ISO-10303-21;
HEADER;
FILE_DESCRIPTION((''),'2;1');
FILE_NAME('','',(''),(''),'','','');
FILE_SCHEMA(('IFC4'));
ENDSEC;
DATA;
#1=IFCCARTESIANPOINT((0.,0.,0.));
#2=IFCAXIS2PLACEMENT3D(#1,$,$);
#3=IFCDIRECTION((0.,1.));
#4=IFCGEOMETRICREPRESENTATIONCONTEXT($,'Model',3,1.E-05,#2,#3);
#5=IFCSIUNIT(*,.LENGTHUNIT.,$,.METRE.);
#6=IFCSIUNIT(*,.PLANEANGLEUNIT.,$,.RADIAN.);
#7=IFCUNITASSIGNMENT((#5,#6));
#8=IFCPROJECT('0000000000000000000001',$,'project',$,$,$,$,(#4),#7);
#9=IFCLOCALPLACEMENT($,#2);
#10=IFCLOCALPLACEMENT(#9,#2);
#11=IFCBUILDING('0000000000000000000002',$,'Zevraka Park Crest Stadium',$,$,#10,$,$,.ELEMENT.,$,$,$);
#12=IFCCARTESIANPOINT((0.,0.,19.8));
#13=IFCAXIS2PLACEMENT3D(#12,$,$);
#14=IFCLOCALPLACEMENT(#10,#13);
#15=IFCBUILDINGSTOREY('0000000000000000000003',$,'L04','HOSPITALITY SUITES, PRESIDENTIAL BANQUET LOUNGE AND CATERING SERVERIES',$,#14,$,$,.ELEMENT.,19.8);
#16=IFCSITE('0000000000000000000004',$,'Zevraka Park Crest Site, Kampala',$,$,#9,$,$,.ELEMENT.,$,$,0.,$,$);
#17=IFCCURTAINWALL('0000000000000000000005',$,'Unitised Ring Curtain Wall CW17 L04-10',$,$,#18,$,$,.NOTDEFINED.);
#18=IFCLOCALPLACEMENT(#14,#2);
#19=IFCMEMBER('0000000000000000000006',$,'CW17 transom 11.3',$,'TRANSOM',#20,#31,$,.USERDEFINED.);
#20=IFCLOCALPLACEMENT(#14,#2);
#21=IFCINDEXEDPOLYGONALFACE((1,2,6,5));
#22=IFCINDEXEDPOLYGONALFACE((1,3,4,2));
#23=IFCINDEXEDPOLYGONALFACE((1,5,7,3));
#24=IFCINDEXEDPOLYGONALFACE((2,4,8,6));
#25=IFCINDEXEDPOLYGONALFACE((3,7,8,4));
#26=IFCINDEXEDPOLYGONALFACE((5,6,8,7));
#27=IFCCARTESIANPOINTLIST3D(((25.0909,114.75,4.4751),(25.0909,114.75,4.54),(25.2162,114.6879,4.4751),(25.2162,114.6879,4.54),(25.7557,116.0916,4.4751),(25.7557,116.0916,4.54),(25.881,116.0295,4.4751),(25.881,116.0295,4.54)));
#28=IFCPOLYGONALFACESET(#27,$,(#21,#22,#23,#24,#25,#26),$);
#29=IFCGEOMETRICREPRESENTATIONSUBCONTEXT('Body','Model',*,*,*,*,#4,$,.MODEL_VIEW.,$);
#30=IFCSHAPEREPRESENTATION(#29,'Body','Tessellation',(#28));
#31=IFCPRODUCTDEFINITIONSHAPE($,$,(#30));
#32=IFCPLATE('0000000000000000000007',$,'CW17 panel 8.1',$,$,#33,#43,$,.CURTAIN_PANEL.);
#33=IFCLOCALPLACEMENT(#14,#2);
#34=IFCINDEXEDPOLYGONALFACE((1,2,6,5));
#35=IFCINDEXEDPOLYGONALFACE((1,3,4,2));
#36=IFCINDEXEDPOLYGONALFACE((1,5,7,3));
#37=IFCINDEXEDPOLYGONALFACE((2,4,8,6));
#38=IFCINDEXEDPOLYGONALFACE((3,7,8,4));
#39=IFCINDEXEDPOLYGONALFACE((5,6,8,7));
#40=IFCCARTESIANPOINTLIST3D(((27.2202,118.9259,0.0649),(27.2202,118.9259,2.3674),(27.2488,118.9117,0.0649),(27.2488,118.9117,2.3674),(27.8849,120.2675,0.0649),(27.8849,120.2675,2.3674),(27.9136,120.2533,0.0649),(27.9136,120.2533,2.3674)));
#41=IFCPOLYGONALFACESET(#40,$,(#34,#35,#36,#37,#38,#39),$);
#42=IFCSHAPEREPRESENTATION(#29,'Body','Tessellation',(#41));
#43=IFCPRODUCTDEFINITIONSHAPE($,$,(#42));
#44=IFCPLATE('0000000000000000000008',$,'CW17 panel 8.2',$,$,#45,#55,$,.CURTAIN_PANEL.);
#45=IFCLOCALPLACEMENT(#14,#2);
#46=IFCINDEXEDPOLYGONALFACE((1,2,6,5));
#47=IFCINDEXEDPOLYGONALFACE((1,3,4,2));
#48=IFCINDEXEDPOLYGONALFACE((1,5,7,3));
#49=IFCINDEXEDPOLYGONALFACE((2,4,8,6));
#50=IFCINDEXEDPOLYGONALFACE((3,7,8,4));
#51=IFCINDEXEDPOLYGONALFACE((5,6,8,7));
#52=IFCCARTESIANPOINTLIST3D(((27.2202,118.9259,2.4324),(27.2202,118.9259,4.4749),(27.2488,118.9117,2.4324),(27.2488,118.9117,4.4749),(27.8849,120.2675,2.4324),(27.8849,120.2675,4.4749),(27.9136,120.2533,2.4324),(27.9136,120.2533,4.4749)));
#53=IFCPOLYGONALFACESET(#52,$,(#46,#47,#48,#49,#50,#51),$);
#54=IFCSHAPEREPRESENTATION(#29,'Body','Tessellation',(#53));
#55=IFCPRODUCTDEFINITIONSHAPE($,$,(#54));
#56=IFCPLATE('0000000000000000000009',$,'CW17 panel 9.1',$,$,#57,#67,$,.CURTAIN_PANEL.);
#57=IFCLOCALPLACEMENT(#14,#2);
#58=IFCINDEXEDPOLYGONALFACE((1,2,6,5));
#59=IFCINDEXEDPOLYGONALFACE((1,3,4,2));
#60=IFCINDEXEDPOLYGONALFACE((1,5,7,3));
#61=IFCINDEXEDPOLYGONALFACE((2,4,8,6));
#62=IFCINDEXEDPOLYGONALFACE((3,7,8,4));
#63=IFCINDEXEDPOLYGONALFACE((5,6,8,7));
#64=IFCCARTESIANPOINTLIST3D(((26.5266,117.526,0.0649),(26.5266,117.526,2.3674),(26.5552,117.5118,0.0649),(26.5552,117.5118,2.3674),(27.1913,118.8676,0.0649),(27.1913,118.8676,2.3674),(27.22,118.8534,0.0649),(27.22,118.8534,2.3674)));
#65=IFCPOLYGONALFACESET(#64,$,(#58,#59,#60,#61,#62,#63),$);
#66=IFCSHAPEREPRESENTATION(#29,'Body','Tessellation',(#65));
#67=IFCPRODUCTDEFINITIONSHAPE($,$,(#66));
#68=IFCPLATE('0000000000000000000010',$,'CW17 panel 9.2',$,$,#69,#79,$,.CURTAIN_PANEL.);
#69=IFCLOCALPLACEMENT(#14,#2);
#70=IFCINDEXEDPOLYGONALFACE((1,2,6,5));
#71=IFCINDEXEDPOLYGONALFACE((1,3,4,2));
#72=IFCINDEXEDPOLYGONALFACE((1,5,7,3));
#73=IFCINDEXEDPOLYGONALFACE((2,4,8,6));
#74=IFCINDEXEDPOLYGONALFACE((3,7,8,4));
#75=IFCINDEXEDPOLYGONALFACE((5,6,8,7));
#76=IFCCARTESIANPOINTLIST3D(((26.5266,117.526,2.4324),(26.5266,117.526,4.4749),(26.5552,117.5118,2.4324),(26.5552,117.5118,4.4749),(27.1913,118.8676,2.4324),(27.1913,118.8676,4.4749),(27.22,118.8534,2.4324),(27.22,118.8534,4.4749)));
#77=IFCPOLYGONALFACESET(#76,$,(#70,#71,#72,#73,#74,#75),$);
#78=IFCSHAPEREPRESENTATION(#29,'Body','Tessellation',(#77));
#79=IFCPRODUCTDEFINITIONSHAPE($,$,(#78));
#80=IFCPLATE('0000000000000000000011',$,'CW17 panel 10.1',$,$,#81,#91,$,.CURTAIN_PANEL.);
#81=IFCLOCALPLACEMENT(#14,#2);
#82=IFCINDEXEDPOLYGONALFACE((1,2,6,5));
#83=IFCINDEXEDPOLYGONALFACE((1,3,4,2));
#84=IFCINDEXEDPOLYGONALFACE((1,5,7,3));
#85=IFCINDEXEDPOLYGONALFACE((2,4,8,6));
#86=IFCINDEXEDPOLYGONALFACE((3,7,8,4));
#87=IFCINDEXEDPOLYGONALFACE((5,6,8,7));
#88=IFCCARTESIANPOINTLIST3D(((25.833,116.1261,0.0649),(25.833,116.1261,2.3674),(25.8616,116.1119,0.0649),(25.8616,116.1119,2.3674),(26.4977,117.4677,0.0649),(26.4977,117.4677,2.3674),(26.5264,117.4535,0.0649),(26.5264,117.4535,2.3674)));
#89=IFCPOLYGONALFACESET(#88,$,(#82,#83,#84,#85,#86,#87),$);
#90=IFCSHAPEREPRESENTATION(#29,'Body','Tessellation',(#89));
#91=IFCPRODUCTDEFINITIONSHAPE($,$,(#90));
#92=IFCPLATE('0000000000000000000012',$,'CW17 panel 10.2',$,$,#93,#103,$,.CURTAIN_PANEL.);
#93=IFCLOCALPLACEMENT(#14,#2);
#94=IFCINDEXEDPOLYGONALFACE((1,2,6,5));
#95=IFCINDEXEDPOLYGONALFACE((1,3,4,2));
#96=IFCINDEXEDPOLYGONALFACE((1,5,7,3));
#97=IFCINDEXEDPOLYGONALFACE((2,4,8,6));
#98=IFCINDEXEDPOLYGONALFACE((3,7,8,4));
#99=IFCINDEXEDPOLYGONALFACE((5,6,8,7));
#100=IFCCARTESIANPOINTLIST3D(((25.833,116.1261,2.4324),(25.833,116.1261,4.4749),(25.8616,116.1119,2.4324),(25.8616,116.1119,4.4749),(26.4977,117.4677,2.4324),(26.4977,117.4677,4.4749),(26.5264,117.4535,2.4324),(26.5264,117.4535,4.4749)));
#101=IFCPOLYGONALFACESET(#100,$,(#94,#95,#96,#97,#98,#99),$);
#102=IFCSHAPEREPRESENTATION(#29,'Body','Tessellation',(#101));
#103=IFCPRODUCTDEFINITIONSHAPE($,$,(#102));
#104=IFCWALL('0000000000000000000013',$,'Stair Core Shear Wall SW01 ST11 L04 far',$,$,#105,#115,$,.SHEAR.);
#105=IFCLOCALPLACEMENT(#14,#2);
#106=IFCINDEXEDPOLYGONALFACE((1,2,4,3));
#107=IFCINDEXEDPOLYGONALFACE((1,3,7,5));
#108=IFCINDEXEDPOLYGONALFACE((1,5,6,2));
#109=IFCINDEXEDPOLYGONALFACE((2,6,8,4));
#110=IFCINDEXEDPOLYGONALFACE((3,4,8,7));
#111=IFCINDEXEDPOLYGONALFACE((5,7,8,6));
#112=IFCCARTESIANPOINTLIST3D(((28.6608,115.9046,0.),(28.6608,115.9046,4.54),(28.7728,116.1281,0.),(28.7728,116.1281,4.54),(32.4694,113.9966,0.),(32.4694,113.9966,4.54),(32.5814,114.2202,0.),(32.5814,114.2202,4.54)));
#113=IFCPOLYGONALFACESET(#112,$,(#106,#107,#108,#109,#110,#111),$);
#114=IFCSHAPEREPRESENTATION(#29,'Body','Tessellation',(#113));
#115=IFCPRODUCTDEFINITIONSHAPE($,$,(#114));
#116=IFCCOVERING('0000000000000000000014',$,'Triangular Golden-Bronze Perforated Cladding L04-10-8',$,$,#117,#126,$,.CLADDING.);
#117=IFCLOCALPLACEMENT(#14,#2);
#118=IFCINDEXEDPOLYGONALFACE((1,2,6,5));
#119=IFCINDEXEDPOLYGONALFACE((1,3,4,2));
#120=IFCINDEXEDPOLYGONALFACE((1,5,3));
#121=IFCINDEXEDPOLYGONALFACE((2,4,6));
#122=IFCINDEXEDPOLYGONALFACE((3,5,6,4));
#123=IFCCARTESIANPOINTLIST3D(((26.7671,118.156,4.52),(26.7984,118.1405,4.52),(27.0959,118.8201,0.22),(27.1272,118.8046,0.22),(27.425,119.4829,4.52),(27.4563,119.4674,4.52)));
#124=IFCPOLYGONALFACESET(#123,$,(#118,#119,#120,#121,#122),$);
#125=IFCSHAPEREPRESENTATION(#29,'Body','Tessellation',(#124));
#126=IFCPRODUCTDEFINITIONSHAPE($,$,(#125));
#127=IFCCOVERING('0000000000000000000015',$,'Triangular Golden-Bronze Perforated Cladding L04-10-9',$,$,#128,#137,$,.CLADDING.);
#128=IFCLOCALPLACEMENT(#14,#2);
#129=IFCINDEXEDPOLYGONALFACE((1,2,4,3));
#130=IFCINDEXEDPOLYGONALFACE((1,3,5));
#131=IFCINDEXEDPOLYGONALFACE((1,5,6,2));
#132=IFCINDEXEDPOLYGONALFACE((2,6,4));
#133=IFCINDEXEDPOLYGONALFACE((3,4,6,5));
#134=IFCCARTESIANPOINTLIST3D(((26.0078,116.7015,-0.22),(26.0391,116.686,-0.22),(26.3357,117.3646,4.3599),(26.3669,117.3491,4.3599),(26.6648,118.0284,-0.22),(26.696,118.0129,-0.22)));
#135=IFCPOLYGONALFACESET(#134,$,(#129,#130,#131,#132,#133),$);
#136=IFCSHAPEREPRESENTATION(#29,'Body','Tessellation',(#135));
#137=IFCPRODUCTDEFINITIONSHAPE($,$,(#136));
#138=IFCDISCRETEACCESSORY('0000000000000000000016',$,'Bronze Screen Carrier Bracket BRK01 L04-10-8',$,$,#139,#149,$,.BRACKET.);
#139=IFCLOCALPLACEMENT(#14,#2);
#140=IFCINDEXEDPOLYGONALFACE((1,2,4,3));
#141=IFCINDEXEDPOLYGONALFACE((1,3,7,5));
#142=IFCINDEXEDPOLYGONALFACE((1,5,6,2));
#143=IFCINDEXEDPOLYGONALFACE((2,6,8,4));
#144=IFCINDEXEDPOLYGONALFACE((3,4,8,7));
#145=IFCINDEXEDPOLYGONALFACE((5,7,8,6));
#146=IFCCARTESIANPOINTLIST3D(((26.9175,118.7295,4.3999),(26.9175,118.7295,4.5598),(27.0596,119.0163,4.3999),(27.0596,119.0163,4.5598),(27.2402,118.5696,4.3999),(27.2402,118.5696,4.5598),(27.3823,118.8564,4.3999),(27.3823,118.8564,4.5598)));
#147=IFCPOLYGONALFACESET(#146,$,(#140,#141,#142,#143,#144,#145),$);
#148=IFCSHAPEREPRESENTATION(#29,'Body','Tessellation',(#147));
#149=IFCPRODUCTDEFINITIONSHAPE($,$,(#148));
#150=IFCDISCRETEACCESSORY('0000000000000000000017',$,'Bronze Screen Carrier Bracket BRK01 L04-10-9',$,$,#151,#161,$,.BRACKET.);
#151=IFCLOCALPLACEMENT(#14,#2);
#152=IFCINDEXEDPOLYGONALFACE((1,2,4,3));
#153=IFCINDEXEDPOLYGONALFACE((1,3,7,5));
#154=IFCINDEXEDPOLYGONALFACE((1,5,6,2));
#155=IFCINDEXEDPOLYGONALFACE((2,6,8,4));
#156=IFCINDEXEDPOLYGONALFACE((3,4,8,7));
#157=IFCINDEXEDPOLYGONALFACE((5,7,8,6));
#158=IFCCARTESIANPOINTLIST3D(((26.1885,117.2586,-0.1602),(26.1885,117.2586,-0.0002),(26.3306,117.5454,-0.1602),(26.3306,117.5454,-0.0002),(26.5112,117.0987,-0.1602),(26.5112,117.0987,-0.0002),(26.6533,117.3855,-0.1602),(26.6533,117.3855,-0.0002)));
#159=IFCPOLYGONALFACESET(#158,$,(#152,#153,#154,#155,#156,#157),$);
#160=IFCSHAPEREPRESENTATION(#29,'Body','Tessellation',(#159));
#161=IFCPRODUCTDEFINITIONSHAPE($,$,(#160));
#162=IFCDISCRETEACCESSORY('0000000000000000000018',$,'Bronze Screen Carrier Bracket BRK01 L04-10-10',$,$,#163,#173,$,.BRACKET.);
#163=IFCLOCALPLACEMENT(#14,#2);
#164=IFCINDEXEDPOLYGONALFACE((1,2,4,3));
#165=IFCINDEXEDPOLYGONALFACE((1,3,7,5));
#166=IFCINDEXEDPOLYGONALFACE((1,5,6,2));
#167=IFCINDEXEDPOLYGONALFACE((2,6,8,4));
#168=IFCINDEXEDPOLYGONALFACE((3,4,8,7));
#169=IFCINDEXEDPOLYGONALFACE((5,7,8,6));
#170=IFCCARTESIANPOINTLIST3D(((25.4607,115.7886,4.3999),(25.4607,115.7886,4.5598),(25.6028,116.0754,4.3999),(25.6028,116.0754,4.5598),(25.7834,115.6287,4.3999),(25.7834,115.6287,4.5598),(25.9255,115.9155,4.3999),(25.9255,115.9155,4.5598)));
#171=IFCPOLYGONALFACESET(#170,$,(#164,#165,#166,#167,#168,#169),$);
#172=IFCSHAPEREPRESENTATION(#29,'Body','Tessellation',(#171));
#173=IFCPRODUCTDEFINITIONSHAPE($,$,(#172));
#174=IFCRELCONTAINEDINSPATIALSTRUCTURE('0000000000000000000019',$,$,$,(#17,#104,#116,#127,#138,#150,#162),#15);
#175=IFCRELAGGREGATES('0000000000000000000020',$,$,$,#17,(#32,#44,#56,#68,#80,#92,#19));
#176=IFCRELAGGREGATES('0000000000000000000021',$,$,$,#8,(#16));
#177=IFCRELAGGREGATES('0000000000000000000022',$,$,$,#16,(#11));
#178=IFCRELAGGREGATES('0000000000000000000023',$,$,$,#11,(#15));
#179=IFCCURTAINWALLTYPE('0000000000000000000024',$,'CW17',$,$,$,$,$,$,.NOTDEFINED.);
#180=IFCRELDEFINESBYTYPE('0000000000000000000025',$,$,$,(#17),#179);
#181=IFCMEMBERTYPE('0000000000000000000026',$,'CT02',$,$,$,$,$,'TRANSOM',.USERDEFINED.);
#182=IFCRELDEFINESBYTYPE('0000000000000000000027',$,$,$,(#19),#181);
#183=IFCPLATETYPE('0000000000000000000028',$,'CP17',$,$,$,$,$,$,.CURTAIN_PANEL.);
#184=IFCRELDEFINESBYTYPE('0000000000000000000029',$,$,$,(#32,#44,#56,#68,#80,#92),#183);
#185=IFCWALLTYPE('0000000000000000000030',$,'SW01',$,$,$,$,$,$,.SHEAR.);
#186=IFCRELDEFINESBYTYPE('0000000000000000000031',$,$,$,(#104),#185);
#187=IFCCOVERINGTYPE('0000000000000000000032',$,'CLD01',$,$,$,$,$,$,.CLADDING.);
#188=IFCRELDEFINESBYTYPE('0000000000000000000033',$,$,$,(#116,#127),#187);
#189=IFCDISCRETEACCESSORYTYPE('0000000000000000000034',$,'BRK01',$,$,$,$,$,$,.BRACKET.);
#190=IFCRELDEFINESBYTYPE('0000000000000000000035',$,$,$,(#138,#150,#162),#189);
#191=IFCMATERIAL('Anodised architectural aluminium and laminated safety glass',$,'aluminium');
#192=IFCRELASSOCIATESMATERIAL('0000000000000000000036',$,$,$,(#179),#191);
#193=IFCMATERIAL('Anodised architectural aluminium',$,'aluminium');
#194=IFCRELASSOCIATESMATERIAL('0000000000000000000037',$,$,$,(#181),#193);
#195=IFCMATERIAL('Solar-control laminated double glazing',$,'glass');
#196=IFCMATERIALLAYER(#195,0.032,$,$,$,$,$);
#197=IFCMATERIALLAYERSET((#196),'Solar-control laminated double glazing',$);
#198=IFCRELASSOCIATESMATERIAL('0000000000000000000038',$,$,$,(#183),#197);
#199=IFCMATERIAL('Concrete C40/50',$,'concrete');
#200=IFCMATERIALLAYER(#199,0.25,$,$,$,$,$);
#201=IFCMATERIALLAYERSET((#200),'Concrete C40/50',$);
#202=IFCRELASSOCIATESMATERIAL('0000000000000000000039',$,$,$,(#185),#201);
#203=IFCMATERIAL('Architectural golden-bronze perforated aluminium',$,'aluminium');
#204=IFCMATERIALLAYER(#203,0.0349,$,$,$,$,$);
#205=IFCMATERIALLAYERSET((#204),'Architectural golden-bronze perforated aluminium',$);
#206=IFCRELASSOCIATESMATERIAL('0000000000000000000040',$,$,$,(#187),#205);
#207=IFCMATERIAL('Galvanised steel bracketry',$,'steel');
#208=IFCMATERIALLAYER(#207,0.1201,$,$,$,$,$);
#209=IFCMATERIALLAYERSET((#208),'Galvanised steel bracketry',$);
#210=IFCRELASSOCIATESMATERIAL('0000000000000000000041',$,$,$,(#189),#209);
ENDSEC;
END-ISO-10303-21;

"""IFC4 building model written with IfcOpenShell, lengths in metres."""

from ifc_helpers import new_model, si_unit, direction, frame, frame_2d, origin, origin_2d, place, context, subcontext, project, spatial, polyline, rectangle, outline, extrude, material, layer, layer_set, material_profile, profile_set, type_object, element, aggregate, save


model = new_model("IFC4")

# Units and contexts
model_context = context("Model", 3, precision=1e-05, world=origin(), true_north=direction((0.0, 1.0)))
body_context = subcontext(model_context, "Body", "Model", "MODEL_VIEW")
ifc_project = project(units=[si_unit("LENGTHUNIT", "METRE"), si_unit("PLANEANGLEUNIT", "RADIAN")], contexts=[model_context])

# Site, building, storey
site_placement = place(None, origin())
site = spatial("IfcSite", under=ifc_project, at=site_placement, Name="Zevraka Park Crest Site, Kampala", CompositionType="ELEMENT", RefElevation=0.0)
building_placement = place(site_placement, origin())
building = spatial("IfcBuilding", under=site, at=building_placement, Name="Zevraka Park Crest Stadium", CompositionType="ELEMENT")
storey_placement = place(building_placement, frame((0.0, 0.0, 19.8)))
storey = spatial("IfcBuildingStorey", under=building, at=storey_placement, Name="L04", Description="HOSPITALITY SUITES, PRESIDENTIAL BANQUET LOUNGE AND CATERING SERVERIES", CompositionType="ELEMENT", Elevation=19.8)

# Curtain wall, member, plates
ifc_material_1 = material(Name="Anodised architectural aluminium and laminated safety glass", Category="aluminium")
curtain_wall_type = type_object("IfcCurtainWallType", Name="CW17", PredefinedType="NOTDEFINED", material=ifc_material_1)
curtain_wall_placement = place(storey_placement, origin())
curtain_wall = element("IfcCurtainWall", 1, at=curtain_wall_placement, inside=storey, type_object=curtain_wall_type, Name="Unitised Ring Curtain Wall CW17 L04-10", PredefinedType="NOTDEFINED")
ifc_material_2 = material(Name="Anodised architectural aluminium", Category="aluminium")
ifc_material_profile_1 = material_profile(ifc_material_2, rectangle(XDim=0.1399, YDim=0.0649, at=origin_2d()), Name="ALU TRANSOM 140x65")
ifc_profile_set_1 = profile_set([ifc_material_profile_1], Name="Anodised architectural aluminium")
member_type_1 = type_object("IfcMemberType", Name="CT02", ElementType="TRANSOM", PredefinedType="USERDEFINED", material=ifc_profile_set_1)
member_1_placement = place(storey_placement, frame((25.8184, 116.0605, 4.5076), z_axis=(-0.444015, -0.896019, 0.0), x_axis=(0.896019, -0.444015, 0.0)))
member_1 = element("IfcMember", 2, at=member_1_placement, type_object=member_type_1, Name="CW17 transom 11.3", ObjectType="TRANSOM", PredefinedType="USERDEFINED", context=body_context, shape_type="SweptSolid", body=[
    extrude(rectangle(XDim=0.1399, YDim=0.0649, at=origin_2d()), origin(), (0.0, 0.0, 1.0), 1.4973),
])
ifc_material_3 = material(Name="Solar-control laminated double glazing", Category="glass")
ifc_layer_1 = layer(ifc_material_3, 0.032)
ifc_layer_set_1 = layer_set([ifc_layer_1], Name="Solar-control laminated double glazing")
plate_type = type_object("IfcPlateType", Name="CP17", PredefinedType="CURTAIN_PANEL", material=ifc_layer_set_1)
plate_1_placement = place(storey_placement, frame((27.5669, 119.5896, 0.0649), z_axis=(0.0, 0.0, 1.0), x_axis=(-0.443961, -0.896046, 0.0)))
plate_1 = element("IfcPlate", 3, at=plate_1_placement, type_object=plate_type, Name="CW17 panel 8.1", PredefinedType="CURTAIN_PANEL", context=body_context, shape_type="SweptSolid", body=[
    extrude(rectangle(XDim=1.4973, YDim=0.032, at=origin_2d()), origin(), (0.0, 0.0, 1.0), 2.3025),
])
plate_2_placement = place(storey_placement, frame((27.5669, 119.5896, 2.4324), z_axis=(0.0, 0.0, 1.0), x_axis=(-0.443961, -0.896046, 0.0)))
plate_2 = element("IfcPlate", 4, at=plate_2_placement, type_object=plate_type, Name="CW17 panel 8.2", PredefinedType="CURTAIN_PANEL", context=body_context, shape_type="SweptSolid", body=[
    extrude(rectangle(XDim=1.4973, YDim=0.032, at=origin_2d()), origin(), (0.0, 0.0, 1.0), 2.0425),
])
plate_3_placement = place(storey_placement, frame((26.8733, 118.1897, 0.0649), z_axis=(0.0, 0.0, 1.0), x_axis=(-0.443961, -0.896046, 0.0)))
plate_3 = element("IfcPlate", 5, at=plate_3_placement, type_object=plate_type, Name="CW17 panel 9.1", PredefinedType="CURTAIN_PANEL", context=body_context, shape_type="SweptSolid", body=[
    extrude(rectangle(XDim=1.4973, YDim=0.032, at=origin_2d()), origin(), (0.0, 0.0, 1.0), 2.3025),
])
plate_4_placement = place(storey_placement, frame((26.8733, 118.1897, 2.4324), z_axis=(0.0, 0.0, 1.0), x_axis=(-0.443961, -0.896046, 0.0)))
plate_4 = element("IfcPlate", 6, at=plate_4_placement, type_object=plate_type, Name="CW17 panel 9.2", PredefinedType="CURTAIN_PANEL", context=body_context, shape_type="SweptSolid", body=[
    extrude(rectangle(XDim=1.4973, YDim=0.032, at=origin_2d()), origin(), (0.0, 0.0, 1.0), 2.0425),
])
plate_5_placement = place(storey_placement, frame((26.1797, 116.7898, 0.0649), z_axis=(0.0, 0.0, 1.0), x_axis=(-0.443961, -0.896046, 0.0)))
plate_5 = element("IfcPlate", 7, at=plate_5_placement, type_object=plate_type, Name="CW17 panel 10.1", PredefinedType="CURTAIN_PANEL", context=body_context, shape_type="SweptSolid", body=[
    extrude(rectangle(XDim=1.4973, YDim=0.032, at=origin_2d()), origin(), (0.0, 0.0, 1.0), 2.3025),
])
plate_6_placement = place(storey_placement, frame((26.1797, 116.7898, 2.4324), z_axis=(0.0, 0.0, 1.0), x_axis=(-0.443961, -0.896046, 0.0)))
plate_6 = element("IfcPlate", 8, at=plate_6_placement, type_object=plate_type, Name="CW17 panel 10.2", PredefinedType="CURTAIN_PANEL", context=body_context, shape_type="SweptSolid", body=[
    extrude(rectangle(XDim=1.4973, YDim=0.032, at=origin_2d()), origin(), (0.0, 0.0, 1.0), 2.0425),
])
aggregate(curtain_wall, [plate_1, plate_2, plate_3, plate_4, plate_5, plate_6, member_1])

# Wall
ifc_material_4 = material(Name="Concrete C40/50", Category="concrete")
ifc_layer_2 = layer(ifc_material_4, 0.25)
ifc_layer_set_2 = layer_set([ifc_layer_2], Name="Concrete C40/50")
wall_type = type_object("IfcWallType", Name="SW01", PredefinedType="SHEAR", material=ifc_layer_set_2)
wall_placement = place(storey_placement, frame((28.7168, 116.0164, 0.0), z_axis=(0.0, 0.0, 1.0), x_axis=(0.894083, -0.447901, 0.0)))
element("IfcWall", 9, at=wall_placement, inside=storey, type_object=wall_type, Name="Stair Core Shear Wall SW01 ST11 L04 far", PredefinedType="SHEAR", context=body_context, shape_type="SweptSolid", body=[
    extrude(rectangle(XDim=4.2598, YDim=0.25, at=frame_2d((2.1299, 0.0))), origin(), (0.0, 0.0, 1.0), 4.54),
])

# Coverings
ifc_material_5 = material(Name="Architectural golden-bronze perforated aluminium", Category="aluminium")
ifc_layer_3 = layer(ifc_material_5, 0.0349)
ifc_layer_set_3 = layer_set([ifc_layer_3], Name="Architectural golden-bronze perforated aluminium")
covering_type = type_object("IfcCoveringType", Name="CLD01", PredefinedType="CLADDING", material=ifc_layer_set_3)
covering_1_placement = place(storey_placement, frame((26.7671, 118.156, 4.52), z_axis=(-0.895906, 0.444244, 0.000088), x_axis=(0.444244, 0.895906, 0.0)))
element("IfcCovering", 10, at=covering_1_placement, inside=storey, type_object=covering_type, Name="Triangular Golden-Bronze Perforated Cladding L04-10-8", PredefinedType="CLADDING", context=body_context, shape_type="SweptSolid", body=[
    extrude(outline(polyline([(0.0, 0.0), (1.4811, 0.0), (0.741, 4.3), (0.0, 0.0)])), origin(), (0.0, 0.0, -1.0), 0.0349),
])
covering_2_placement = place(storey_placement, frame((26.696, 118.0129, -0.22), z_axis=(0.896168, -0.443715, 0.000084), x_axis=(-0.443715, -0.896168, 0.0)))
element("IfcCovering", 11, at=covering_2_placement, inside=storey, type_object=covering_type, Name="Triangular Golden-Bronze Perforated Cladding L04-10-9", PredefinedType="CLADDING", context=body_context, shape_type="SweptSolid", body=[
    extrude(outline(polyline([(0.0, 0.0), (1.4806, 0.0), (0.7409, -4.5798), (0.0, 0.0)])), origin(), (0.0, 0.0, -1.0), 0.0349),
])

# Discrete accessories
ifc_material_6 = material(Name="Galvanised steel bracketry", Category="steel")
ifc_layer_4 = layer(ifc_material_6, 0.1201)
ifc_layer_set_4 = layer_set([ifc_layer_4], Name="Galvanised steel bracketry")
discrete_accessory_type = type_object("IfcDiscreteAccessoryType", Name="BRK01", PredefinedType="BRACKET", material=ifc_layer_set_4)
for number, where, z_axis, x_axis, name in (
    (12, (27.1499, 118.793, 4.3999), (0.0, 0.0, 1.0), (-0.44401, -0.896022, 0.0), "Bronze Screen Carrier Bracket BRK01 L04-10-8"),
    (13, (26.4209, 117.322, -0.1602), (0.0, 0.0, 1.0), (-0.44401, -0.896022, 0.0), "Bronze Screen Carrier Bracket BRK01 L04-10-9"),
    (14, (25.6931, 115.8521, 4.3999), (0.0, 0.0, 1.0), (-0.44401, -0.896022, 0.0), "Bronze Screen Carrier Bracket BRK01 L04-10-10"),
):
    element("IfcDiscreteAccessory", number, at=place(storey_placement, frame(where, z_axis=z_axis, x_axis=x_axis)), inside=storey, type_object=discrete_accessory_type, Name=name, PredefinedType="BRACKET", context=body_context, shape_type="SweptSolid", body=[
        extrude(rectangle(XDim=0.3201, YDim=0.3601, at=origin_2d()), origin(), (0.0, 0.0, 1.0), 0.1599),
    ])

save(model, "model.ifc")
